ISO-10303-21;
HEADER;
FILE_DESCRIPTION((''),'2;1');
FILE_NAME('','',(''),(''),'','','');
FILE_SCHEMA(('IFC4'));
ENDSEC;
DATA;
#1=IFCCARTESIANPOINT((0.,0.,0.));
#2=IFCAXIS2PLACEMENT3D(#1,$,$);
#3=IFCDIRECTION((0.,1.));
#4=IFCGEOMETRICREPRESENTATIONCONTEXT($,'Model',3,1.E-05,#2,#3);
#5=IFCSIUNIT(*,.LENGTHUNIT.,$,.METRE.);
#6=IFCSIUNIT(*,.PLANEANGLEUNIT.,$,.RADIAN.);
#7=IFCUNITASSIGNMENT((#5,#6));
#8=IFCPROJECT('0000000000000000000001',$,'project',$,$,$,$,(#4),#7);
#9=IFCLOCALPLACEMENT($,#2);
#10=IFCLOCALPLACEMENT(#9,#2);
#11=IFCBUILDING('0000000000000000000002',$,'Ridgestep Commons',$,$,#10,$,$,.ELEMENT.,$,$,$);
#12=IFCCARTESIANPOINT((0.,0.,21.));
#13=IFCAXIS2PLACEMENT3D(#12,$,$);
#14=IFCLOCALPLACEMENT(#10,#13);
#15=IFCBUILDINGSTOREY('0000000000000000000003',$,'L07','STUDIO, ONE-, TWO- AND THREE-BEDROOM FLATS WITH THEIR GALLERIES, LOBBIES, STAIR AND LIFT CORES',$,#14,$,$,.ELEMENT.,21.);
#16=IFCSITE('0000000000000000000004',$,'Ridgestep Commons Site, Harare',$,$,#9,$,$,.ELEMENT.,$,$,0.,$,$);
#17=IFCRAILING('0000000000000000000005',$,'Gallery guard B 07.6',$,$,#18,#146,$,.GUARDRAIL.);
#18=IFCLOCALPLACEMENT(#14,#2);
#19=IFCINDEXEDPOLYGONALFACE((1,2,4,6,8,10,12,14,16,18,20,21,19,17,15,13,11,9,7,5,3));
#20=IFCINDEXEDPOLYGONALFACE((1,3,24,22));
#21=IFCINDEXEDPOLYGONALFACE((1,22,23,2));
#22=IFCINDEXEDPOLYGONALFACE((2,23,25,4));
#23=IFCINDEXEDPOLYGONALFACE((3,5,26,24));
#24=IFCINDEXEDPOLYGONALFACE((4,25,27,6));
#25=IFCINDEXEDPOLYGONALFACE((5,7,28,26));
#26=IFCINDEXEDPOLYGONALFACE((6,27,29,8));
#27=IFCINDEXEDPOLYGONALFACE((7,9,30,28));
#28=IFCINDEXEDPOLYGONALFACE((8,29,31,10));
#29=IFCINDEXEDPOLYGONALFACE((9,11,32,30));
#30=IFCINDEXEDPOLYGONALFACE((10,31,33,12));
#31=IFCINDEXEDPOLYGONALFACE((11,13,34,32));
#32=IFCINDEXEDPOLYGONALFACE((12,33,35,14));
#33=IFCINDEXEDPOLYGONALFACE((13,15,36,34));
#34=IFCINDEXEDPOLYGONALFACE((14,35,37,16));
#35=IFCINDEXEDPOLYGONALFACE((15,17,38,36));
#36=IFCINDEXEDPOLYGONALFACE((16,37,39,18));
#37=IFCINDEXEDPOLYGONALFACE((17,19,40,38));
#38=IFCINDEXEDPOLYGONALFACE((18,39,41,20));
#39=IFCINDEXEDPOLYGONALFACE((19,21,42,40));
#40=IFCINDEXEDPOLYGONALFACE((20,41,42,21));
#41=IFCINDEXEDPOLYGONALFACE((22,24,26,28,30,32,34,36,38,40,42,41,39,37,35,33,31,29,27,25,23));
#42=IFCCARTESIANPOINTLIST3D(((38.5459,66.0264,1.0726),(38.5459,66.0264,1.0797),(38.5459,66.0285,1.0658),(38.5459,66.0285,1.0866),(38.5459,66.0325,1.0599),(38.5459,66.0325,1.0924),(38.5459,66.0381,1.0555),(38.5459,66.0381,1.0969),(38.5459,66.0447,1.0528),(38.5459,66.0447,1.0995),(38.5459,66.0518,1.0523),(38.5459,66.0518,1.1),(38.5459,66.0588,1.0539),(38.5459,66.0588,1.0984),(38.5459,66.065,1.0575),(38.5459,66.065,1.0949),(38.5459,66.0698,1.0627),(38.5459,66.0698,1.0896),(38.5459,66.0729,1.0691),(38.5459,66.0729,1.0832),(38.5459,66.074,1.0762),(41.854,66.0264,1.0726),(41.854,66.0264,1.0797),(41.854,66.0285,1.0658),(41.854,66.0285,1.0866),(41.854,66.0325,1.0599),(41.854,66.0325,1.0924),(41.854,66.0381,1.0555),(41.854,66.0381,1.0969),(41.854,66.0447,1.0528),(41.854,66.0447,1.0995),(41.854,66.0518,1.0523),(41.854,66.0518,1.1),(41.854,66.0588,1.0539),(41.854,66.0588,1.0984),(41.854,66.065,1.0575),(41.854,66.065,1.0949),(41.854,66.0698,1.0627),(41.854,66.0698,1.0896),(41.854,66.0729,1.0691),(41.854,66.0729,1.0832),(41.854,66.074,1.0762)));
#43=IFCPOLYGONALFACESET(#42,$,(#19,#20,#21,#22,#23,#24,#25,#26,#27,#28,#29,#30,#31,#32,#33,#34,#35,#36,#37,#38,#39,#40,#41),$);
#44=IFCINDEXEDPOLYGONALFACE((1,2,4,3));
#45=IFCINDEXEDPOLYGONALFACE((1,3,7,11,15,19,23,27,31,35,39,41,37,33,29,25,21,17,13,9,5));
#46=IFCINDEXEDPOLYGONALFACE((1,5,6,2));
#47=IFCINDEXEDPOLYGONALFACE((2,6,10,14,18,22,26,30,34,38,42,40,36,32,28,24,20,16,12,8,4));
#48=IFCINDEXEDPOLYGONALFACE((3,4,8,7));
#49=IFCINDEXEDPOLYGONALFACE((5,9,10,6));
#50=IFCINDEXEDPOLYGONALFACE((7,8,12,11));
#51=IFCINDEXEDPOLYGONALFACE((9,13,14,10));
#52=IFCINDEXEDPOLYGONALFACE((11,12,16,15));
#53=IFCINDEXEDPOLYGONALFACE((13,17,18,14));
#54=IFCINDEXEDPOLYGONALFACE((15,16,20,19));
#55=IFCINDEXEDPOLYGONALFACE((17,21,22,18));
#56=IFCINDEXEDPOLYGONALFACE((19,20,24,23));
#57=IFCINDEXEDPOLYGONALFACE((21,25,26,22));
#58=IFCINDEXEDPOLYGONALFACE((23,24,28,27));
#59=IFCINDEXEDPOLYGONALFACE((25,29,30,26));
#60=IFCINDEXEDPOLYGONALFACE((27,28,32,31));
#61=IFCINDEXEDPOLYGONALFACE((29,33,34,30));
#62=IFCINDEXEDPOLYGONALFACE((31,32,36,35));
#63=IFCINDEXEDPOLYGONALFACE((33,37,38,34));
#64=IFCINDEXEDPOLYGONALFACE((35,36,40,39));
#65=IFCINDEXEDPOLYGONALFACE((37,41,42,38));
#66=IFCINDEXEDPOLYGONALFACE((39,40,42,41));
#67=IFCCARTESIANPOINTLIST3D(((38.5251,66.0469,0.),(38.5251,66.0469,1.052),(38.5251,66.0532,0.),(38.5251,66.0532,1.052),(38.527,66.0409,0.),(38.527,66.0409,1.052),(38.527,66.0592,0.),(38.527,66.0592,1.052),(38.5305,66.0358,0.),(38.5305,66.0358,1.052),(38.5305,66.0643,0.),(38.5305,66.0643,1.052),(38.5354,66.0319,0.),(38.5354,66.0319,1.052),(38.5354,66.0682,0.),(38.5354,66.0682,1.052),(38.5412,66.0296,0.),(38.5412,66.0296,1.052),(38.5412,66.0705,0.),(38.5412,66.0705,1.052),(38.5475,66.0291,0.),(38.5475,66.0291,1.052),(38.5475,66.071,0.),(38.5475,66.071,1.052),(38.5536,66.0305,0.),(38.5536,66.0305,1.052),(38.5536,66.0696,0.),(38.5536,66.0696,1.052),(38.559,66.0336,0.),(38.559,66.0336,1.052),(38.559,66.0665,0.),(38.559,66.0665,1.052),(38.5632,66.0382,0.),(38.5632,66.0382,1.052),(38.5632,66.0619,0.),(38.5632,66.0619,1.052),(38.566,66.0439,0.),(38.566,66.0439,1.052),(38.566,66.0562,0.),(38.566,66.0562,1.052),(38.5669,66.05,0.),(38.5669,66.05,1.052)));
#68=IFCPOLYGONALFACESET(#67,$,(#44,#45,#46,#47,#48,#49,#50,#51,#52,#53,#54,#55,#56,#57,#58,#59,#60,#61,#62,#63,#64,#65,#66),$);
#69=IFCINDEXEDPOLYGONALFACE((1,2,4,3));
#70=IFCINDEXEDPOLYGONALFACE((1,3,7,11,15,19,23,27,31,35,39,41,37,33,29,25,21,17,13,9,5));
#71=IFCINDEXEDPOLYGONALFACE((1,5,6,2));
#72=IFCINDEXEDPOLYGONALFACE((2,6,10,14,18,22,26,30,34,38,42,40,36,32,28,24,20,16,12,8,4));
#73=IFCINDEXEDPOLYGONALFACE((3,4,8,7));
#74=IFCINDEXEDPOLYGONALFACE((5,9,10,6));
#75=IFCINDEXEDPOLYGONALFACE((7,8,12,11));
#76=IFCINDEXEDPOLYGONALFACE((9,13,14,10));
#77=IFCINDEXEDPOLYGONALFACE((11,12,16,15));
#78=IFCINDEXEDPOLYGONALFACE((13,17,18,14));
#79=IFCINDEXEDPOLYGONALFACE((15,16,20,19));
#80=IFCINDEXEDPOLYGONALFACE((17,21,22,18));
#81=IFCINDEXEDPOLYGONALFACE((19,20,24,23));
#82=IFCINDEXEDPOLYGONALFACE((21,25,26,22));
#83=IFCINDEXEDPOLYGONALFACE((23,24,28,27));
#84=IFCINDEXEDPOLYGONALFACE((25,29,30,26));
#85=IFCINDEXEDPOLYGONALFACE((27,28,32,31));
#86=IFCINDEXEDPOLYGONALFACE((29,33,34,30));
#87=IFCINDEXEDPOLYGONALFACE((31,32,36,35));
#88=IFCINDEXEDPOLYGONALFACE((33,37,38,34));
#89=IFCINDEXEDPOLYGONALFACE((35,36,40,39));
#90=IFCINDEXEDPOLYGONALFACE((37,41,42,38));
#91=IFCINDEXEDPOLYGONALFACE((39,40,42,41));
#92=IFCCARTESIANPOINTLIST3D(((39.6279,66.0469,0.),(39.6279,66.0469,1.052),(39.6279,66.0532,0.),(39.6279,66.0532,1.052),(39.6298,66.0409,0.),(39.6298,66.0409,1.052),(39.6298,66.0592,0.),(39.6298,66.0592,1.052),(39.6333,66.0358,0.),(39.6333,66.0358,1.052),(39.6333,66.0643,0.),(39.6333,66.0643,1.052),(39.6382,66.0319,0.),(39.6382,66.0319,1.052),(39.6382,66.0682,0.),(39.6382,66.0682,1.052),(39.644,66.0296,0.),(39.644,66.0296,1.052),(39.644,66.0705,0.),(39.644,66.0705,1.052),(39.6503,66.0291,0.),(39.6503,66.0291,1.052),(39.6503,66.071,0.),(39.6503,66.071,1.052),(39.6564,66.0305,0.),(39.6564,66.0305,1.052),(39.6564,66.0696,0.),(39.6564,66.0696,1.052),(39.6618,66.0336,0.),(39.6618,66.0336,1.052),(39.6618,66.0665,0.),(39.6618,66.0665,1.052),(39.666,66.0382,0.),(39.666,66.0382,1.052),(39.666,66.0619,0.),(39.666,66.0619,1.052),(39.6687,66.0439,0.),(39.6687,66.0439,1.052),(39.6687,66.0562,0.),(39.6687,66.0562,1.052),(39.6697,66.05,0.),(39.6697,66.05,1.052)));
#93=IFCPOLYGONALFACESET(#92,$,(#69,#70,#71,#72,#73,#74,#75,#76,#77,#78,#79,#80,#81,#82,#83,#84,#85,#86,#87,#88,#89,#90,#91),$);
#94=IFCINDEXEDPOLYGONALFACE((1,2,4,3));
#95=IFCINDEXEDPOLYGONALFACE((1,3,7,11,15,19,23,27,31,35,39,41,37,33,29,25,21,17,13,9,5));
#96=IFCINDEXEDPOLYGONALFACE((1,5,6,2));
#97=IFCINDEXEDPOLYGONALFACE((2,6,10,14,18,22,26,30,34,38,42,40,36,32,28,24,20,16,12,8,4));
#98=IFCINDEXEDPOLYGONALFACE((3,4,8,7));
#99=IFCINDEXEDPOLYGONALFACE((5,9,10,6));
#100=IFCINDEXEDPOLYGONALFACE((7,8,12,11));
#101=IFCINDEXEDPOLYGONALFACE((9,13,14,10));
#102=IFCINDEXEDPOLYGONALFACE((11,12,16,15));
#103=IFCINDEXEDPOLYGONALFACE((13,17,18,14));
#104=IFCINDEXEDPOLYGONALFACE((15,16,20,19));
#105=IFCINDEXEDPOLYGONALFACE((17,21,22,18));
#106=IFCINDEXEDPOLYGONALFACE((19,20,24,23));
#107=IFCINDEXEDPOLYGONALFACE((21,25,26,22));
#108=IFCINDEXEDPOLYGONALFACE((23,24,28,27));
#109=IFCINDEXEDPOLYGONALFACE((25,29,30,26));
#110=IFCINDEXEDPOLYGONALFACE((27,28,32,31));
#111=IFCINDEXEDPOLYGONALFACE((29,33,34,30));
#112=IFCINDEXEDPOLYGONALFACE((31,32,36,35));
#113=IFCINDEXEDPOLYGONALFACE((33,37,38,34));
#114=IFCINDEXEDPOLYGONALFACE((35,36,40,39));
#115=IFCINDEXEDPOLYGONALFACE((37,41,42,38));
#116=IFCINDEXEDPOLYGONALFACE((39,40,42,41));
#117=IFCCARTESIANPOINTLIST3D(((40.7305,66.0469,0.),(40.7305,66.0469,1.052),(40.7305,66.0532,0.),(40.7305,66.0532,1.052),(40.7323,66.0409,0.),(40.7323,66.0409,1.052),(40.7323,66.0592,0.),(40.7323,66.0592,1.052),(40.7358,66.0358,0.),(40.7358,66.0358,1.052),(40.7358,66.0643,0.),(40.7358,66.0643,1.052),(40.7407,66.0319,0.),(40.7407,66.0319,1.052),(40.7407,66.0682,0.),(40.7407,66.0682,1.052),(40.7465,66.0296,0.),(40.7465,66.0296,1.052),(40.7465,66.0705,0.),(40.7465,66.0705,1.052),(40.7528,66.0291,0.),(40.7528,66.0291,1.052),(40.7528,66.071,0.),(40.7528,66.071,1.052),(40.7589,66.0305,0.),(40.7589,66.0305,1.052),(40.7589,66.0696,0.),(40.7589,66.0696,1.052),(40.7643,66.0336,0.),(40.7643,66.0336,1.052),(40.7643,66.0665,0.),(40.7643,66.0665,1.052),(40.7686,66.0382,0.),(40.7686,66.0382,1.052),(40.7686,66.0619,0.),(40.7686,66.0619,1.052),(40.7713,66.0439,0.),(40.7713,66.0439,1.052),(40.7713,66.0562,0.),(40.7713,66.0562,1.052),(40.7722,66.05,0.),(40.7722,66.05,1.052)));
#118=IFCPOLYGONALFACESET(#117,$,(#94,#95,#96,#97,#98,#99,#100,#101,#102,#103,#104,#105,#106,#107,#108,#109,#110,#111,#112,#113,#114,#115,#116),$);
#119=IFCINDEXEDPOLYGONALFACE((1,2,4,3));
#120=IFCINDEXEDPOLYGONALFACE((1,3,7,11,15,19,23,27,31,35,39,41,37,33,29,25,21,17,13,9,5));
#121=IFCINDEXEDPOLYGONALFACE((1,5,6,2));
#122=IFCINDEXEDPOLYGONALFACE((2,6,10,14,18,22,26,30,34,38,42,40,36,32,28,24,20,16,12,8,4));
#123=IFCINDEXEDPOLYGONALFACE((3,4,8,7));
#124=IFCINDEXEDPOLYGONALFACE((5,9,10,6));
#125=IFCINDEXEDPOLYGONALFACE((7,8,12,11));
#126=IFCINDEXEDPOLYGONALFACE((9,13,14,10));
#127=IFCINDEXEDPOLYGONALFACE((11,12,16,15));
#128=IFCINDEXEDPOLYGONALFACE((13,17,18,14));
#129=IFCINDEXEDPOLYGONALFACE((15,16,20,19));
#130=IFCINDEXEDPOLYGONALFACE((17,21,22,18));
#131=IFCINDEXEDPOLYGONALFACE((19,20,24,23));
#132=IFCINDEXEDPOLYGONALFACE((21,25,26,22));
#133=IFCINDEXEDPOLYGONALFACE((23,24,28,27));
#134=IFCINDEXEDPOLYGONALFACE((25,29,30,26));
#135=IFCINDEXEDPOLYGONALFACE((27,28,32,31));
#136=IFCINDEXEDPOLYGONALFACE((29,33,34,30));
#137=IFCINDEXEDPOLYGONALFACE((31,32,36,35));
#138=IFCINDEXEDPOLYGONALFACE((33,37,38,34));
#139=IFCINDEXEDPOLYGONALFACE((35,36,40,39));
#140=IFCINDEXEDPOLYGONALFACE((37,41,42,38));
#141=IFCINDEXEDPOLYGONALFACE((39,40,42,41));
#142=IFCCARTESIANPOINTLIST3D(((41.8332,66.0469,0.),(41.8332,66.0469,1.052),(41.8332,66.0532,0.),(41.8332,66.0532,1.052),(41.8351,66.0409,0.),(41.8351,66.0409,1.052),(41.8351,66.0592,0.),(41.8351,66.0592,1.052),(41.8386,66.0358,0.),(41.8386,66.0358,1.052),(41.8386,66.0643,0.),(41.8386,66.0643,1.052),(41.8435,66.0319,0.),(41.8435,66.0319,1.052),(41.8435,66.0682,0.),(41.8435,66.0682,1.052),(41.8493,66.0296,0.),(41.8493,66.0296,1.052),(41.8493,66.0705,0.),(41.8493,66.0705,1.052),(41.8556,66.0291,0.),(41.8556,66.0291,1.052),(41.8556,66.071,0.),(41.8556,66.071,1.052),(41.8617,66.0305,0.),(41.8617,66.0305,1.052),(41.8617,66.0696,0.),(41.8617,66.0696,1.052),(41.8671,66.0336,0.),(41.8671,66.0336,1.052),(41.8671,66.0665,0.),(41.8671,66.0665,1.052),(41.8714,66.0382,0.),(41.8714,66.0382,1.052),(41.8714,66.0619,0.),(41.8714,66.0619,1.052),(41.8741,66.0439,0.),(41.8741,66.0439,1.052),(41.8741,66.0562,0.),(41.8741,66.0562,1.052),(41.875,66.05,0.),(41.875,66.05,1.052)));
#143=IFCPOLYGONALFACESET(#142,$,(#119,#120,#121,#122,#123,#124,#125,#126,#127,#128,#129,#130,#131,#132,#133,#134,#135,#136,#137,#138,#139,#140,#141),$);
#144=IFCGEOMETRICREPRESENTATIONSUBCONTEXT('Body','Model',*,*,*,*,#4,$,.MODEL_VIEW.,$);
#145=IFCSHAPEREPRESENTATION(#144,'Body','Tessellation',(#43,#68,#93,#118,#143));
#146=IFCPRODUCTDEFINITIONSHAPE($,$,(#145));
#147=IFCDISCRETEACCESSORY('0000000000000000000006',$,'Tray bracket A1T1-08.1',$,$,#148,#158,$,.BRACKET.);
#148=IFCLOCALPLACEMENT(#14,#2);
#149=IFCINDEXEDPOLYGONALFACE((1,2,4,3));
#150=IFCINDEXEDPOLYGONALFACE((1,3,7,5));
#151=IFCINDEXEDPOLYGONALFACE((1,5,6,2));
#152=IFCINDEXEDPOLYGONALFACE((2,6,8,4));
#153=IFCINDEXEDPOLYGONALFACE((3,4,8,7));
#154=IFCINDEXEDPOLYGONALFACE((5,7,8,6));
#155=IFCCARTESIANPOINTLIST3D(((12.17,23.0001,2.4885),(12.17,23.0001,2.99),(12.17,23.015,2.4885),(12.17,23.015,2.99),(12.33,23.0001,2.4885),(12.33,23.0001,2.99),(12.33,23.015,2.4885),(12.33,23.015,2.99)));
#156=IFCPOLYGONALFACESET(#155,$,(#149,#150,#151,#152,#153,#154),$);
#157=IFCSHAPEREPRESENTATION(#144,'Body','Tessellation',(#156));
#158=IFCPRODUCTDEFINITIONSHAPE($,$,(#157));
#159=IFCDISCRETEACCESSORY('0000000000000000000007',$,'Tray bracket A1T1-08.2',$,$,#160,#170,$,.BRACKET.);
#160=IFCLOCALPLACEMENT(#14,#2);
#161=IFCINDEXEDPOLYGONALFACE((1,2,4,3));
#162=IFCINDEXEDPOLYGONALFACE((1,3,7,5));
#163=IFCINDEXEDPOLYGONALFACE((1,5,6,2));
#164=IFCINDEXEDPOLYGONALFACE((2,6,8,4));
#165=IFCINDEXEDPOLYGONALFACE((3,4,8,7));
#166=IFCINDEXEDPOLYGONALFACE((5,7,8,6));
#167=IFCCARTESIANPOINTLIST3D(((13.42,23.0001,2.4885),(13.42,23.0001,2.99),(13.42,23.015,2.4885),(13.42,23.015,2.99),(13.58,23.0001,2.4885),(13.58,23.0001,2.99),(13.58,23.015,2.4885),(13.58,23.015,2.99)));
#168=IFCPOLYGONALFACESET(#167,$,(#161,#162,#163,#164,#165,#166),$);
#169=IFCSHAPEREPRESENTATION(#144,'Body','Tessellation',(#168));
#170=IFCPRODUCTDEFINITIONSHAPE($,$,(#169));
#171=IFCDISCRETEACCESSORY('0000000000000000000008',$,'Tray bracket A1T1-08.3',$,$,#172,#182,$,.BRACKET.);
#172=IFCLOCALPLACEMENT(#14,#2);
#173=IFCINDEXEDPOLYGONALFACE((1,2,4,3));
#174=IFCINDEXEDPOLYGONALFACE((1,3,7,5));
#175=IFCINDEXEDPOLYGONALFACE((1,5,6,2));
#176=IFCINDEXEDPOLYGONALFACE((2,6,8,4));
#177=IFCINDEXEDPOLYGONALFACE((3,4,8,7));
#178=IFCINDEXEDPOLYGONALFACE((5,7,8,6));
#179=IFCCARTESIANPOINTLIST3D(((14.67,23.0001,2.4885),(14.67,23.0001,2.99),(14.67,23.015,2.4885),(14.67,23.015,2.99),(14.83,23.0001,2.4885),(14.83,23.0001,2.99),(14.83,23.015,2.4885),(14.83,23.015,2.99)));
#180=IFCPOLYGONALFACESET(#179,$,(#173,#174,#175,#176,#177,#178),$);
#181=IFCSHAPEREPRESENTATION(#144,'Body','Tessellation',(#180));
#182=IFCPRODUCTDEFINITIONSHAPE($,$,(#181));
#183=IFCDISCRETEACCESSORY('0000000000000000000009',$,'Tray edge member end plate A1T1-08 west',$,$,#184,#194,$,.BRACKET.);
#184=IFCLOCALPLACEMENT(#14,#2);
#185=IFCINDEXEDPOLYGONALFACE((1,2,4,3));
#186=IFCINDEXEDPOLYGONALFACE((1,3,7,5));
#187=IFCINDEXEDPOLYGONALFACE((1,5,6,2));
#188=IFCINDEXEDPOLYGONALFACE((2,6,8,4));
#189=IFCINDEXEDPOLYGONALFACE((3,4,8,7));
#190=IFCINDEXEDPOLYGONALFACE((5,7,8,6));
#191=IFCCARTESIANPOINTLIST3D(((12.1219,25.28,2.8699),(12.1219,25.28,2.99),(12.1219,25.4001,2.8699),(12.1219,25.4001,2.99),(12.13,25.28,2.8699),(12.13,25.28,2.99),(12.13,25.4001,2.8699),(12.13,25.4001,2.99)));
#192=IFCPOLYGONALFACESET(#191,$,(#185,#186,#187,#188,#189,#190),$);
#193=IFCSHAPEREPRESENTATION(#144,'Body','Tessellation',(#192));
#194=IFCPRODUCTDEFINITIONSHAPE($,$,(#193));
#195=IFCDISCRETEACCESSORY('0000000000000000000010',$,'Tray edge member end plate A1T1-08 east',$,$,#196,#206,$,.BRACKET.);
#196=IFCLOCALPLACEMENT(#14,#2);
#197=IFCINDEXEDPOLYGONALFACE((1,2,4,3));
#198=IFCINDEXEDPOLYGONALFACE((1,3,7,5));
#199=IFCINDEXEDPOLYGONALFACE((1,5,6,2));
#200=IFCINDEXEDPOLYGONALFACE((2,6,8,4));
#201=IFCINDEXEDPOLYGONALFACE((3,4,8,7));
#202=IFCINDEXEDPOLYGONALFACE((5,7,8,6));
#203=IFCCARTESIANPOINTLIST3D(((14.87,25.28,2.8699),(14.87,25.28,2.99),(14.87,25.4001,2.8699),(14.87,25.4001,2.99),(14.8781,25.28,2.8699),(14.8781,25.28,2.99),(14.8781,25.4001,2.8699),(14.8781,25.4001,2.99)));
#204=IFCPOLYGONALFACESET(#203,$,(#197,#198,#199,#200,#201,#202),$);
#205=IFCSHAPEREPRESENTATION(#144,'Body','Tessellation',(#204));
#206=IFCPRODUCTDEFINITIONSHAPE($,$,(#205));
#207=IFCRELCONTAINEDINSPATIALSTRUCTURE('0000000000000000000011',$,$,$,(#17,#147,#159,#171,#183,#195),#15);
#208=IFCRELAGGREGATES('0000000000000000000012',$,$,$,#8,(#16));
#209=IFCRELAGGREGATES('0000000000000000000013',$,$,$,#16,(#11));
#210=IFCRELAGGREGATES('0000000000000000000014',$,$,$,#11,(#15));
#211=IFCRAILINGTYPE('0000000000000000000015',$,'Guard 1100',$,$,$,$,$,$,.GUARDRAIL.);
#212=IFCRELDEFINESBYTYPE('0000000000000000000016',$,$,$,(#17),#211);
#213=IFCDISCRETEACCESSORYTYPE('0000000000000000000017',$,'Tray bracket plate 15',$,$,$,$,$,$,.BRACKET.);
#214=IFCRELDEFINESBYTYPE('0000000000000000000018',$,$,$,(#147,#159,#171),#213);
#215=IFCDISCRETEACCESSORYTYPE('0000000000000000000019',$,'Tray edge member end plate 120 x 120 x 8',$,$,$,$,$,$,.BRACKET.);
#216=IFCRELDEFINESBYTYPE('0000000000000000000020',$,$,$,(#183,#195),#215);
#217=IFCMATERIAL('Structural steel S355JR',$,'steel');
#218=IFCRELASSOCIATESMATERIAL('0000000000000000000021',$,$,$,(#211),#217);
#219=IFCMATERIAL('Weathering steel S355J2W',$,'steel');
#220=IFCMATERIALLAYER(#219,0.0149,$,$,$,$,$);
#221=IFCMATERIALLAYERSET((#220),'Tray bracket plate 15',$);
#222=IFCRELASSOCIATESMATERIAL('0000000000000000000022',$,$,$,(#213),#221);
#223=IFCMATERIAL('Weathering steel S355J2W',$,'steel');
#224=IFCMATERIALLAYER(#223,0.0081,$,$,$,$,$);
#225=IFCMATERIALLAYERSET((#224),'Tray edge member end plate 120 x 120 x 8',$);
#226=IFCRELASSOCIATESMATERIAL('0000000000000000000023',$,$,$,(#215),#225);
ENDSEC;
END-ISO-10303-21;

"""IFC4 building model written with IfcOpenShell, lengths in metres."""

from ifc_helpers import new_model, si_unit, direction, frame, origin, origin_2d, place, context, subcontext, project, spatial, rectangle, circle, extrude, material, layer, layer_set, type_object, element, save


model = new_model("IFC4")

# Units and contexts
model_context = context("Model", 3, precision=1e-05, world=origin(), true_north=direction((0.0, 1.0)))
body_context = subcontext(model_context, "Body", "Model", "MODEL_VIEW")
ifc_project = project(units=[si_unit("LENGTHUNIT", "METRE"), si_unit("PLANEANGLEUNIT", "RADIAN")], contexts=[model_context])

# Site, building, storey
site_placement = place(None, origin())
site = spatial("IfcSite", under=ifc_project, at=site_placement, Name="Ridgestep Commons Site, Harare", CompositionType="ELEMENT", RefElevation=0.0)
building_placement = place(site_placement, origin())
building = spatial("IfcBuilding", under=site, at=building_placement, Name="Ridgestep Commons", CompositionType="ELEMENT")
storey_placement = place(building_placement, frame((0.0, 0.0, 21.0)))
storey = spatial("IfcBuildingStorey", under=building, at=storey_placement, Name="L07", Description="STUDIO, ONE-, TWO- AND THREE-BEDROOM FLATS WITH THEIR GALLERIES, LOBBIES, STAIR AND LIFT CORES", CompositionType="ELEMENT", Elevation=21.0)

# Railing
ifc_material_1 = material(Name="Structural steel S355JR", Category="steel")
railing_type_1 = type_object("IfcRailingType", Name="Guard 1100", PredefinedType="GUARDRAIL", material=ifc_material_1)
railing_1_placement = place(storey_placement, frame((38.5459, 66.05, 0.0)))
element("IfcRailing", 1, at=railing_1_placement, inside=storey, type_object=railing_type_1, Name="Gallery guard B 07.6", PredefinedType="GUARDRAIL", context=body_context, shape_type="SweptSolid", body=[
    extrude(circle(Radius=0.0239, at=origin_2d()), frame((0.0, 0.0, 1.0762), z_axis=(1.0, 0.0, 0.0), x_axis=(0.0, 1.0, 0.0)), (0.0, 0.0, 1.0), 3.3081),
    extrude(circle(Radius=0.021, at=origin_2d()), origin(), (0.0, 0.0, 1.0), 1.052),
    extrude(circle(Radius=0.021, at=origin_2d()), frame((1.1028, 0.0, 0.0)), (0.0, 0.0, 1.0), 1.052),
    extrude(circle(Radius=0.021, at=origin_2d()), frame((2.2053, 0.0, 0.0)), (0.0, 0.0, 1.0), 1.052),
    extrude(circle(Radius=0.021, at=origin_2d()), frame((3.3081, 0.0, 0.0)), (0.0, 0.0, 1.0), 1.052),
])

# Discrete accessories
ifc_material_2 = material(Name="Weathering steel S355J2W", Category="steel")
ifc_layer_1 = layer(ifc_material_2, 0.0149)
ifc_layer_set_1 = layer_set([ifc_layer_1], Name="Tray bracket plate 15")
discrete_accessory_type_1 = type_object("IfcDiscreteAccessoryType", Name="Tray bracket plate 15", PredefinedType="BRACKET", material=ifc_layer_set_1)
for number, where, z_axis, x_axis, name in (
    (2, (12.25, 23.0076, 2.4885), (0.0, 0.0, 1.0), (1.0, 0.0, 0.0), "Tray bracket A1T1-08.1"),
    (3, (13.5, 23.0076, 2.4885), (0.0, 0.0, 1.0), (1.0, 0.0, 0.0), "Tray bracket A1T1-08.2"),
    (4, (14.75, 23.0076, 2.4885), (0.0, 0.0, 1.0), (1.0, 0.0, 0.0), "Tray bracket A1T1-08.3"),
):
    element("IfcDiscreteAccessory", number, at=place(storey_placement, frame(where, z_axis=z_axis, x_axis=x_axis)), inside=storey, type_object=discrete_accessory_type_1, Name=name, PredefinedType="BRACKET", context=body_context, shape_type="SweptSolid", body=[
        extrude(rectangle(XDim=0.1599, YDim=0.0149, at=origin_2d()), origin(), (0.0, 0.0, 1.0), 0.5015),
    ])
ifc_material_3 = material(Name="Weathering steel S355J2W", Category="steel")
ifc_layer_2 = layer(ifc_material_3, 0.0081)
ifc_layer_set_2 = layer_set([ifc_layer_2], Name="Tray edge member end plate 120 x 120 x 8")
discrete_accessory_type_2 = type_object("IfcDiscreteAccessoryType", Name="Tray edge member end plate 120 x 120 x 8", PredefinedType="BRACKET", material=ifc_layer_set_2)
for number, where, z_axis, x_axis, name in (
    (5, (12.126, 25.3401, 2.8699), (0.0, 0.0, 1.0), (1.0, 0.0, 0.0), "Tray edge member end plate A1T1-08 west"),
    (6, (14.874, 25.3401, 2.8699), (0.0, 0.0, 1.0), (1.0, 0.0, 0.0), "Tray edge member end plate A1T1-08 east"),
):
    element("IfcDiscreteAccessory", number, at=place(storey_placement, frame(where, z_axis=z_axis, x_axis=x_axis)), inside=storey, type_object=discrete_accessory_type_2, Name=name, PredefinedType="BRACKET", context=body_context, shape_type="SweptSolid", body=[
        extrude(rectangle(XDim=0.0081, YDim=0.1201, at=origin_2d()), origin(), (0.0, 0.0, 1.0), 0.1201),
    ])

save(model, "model.ifc")
